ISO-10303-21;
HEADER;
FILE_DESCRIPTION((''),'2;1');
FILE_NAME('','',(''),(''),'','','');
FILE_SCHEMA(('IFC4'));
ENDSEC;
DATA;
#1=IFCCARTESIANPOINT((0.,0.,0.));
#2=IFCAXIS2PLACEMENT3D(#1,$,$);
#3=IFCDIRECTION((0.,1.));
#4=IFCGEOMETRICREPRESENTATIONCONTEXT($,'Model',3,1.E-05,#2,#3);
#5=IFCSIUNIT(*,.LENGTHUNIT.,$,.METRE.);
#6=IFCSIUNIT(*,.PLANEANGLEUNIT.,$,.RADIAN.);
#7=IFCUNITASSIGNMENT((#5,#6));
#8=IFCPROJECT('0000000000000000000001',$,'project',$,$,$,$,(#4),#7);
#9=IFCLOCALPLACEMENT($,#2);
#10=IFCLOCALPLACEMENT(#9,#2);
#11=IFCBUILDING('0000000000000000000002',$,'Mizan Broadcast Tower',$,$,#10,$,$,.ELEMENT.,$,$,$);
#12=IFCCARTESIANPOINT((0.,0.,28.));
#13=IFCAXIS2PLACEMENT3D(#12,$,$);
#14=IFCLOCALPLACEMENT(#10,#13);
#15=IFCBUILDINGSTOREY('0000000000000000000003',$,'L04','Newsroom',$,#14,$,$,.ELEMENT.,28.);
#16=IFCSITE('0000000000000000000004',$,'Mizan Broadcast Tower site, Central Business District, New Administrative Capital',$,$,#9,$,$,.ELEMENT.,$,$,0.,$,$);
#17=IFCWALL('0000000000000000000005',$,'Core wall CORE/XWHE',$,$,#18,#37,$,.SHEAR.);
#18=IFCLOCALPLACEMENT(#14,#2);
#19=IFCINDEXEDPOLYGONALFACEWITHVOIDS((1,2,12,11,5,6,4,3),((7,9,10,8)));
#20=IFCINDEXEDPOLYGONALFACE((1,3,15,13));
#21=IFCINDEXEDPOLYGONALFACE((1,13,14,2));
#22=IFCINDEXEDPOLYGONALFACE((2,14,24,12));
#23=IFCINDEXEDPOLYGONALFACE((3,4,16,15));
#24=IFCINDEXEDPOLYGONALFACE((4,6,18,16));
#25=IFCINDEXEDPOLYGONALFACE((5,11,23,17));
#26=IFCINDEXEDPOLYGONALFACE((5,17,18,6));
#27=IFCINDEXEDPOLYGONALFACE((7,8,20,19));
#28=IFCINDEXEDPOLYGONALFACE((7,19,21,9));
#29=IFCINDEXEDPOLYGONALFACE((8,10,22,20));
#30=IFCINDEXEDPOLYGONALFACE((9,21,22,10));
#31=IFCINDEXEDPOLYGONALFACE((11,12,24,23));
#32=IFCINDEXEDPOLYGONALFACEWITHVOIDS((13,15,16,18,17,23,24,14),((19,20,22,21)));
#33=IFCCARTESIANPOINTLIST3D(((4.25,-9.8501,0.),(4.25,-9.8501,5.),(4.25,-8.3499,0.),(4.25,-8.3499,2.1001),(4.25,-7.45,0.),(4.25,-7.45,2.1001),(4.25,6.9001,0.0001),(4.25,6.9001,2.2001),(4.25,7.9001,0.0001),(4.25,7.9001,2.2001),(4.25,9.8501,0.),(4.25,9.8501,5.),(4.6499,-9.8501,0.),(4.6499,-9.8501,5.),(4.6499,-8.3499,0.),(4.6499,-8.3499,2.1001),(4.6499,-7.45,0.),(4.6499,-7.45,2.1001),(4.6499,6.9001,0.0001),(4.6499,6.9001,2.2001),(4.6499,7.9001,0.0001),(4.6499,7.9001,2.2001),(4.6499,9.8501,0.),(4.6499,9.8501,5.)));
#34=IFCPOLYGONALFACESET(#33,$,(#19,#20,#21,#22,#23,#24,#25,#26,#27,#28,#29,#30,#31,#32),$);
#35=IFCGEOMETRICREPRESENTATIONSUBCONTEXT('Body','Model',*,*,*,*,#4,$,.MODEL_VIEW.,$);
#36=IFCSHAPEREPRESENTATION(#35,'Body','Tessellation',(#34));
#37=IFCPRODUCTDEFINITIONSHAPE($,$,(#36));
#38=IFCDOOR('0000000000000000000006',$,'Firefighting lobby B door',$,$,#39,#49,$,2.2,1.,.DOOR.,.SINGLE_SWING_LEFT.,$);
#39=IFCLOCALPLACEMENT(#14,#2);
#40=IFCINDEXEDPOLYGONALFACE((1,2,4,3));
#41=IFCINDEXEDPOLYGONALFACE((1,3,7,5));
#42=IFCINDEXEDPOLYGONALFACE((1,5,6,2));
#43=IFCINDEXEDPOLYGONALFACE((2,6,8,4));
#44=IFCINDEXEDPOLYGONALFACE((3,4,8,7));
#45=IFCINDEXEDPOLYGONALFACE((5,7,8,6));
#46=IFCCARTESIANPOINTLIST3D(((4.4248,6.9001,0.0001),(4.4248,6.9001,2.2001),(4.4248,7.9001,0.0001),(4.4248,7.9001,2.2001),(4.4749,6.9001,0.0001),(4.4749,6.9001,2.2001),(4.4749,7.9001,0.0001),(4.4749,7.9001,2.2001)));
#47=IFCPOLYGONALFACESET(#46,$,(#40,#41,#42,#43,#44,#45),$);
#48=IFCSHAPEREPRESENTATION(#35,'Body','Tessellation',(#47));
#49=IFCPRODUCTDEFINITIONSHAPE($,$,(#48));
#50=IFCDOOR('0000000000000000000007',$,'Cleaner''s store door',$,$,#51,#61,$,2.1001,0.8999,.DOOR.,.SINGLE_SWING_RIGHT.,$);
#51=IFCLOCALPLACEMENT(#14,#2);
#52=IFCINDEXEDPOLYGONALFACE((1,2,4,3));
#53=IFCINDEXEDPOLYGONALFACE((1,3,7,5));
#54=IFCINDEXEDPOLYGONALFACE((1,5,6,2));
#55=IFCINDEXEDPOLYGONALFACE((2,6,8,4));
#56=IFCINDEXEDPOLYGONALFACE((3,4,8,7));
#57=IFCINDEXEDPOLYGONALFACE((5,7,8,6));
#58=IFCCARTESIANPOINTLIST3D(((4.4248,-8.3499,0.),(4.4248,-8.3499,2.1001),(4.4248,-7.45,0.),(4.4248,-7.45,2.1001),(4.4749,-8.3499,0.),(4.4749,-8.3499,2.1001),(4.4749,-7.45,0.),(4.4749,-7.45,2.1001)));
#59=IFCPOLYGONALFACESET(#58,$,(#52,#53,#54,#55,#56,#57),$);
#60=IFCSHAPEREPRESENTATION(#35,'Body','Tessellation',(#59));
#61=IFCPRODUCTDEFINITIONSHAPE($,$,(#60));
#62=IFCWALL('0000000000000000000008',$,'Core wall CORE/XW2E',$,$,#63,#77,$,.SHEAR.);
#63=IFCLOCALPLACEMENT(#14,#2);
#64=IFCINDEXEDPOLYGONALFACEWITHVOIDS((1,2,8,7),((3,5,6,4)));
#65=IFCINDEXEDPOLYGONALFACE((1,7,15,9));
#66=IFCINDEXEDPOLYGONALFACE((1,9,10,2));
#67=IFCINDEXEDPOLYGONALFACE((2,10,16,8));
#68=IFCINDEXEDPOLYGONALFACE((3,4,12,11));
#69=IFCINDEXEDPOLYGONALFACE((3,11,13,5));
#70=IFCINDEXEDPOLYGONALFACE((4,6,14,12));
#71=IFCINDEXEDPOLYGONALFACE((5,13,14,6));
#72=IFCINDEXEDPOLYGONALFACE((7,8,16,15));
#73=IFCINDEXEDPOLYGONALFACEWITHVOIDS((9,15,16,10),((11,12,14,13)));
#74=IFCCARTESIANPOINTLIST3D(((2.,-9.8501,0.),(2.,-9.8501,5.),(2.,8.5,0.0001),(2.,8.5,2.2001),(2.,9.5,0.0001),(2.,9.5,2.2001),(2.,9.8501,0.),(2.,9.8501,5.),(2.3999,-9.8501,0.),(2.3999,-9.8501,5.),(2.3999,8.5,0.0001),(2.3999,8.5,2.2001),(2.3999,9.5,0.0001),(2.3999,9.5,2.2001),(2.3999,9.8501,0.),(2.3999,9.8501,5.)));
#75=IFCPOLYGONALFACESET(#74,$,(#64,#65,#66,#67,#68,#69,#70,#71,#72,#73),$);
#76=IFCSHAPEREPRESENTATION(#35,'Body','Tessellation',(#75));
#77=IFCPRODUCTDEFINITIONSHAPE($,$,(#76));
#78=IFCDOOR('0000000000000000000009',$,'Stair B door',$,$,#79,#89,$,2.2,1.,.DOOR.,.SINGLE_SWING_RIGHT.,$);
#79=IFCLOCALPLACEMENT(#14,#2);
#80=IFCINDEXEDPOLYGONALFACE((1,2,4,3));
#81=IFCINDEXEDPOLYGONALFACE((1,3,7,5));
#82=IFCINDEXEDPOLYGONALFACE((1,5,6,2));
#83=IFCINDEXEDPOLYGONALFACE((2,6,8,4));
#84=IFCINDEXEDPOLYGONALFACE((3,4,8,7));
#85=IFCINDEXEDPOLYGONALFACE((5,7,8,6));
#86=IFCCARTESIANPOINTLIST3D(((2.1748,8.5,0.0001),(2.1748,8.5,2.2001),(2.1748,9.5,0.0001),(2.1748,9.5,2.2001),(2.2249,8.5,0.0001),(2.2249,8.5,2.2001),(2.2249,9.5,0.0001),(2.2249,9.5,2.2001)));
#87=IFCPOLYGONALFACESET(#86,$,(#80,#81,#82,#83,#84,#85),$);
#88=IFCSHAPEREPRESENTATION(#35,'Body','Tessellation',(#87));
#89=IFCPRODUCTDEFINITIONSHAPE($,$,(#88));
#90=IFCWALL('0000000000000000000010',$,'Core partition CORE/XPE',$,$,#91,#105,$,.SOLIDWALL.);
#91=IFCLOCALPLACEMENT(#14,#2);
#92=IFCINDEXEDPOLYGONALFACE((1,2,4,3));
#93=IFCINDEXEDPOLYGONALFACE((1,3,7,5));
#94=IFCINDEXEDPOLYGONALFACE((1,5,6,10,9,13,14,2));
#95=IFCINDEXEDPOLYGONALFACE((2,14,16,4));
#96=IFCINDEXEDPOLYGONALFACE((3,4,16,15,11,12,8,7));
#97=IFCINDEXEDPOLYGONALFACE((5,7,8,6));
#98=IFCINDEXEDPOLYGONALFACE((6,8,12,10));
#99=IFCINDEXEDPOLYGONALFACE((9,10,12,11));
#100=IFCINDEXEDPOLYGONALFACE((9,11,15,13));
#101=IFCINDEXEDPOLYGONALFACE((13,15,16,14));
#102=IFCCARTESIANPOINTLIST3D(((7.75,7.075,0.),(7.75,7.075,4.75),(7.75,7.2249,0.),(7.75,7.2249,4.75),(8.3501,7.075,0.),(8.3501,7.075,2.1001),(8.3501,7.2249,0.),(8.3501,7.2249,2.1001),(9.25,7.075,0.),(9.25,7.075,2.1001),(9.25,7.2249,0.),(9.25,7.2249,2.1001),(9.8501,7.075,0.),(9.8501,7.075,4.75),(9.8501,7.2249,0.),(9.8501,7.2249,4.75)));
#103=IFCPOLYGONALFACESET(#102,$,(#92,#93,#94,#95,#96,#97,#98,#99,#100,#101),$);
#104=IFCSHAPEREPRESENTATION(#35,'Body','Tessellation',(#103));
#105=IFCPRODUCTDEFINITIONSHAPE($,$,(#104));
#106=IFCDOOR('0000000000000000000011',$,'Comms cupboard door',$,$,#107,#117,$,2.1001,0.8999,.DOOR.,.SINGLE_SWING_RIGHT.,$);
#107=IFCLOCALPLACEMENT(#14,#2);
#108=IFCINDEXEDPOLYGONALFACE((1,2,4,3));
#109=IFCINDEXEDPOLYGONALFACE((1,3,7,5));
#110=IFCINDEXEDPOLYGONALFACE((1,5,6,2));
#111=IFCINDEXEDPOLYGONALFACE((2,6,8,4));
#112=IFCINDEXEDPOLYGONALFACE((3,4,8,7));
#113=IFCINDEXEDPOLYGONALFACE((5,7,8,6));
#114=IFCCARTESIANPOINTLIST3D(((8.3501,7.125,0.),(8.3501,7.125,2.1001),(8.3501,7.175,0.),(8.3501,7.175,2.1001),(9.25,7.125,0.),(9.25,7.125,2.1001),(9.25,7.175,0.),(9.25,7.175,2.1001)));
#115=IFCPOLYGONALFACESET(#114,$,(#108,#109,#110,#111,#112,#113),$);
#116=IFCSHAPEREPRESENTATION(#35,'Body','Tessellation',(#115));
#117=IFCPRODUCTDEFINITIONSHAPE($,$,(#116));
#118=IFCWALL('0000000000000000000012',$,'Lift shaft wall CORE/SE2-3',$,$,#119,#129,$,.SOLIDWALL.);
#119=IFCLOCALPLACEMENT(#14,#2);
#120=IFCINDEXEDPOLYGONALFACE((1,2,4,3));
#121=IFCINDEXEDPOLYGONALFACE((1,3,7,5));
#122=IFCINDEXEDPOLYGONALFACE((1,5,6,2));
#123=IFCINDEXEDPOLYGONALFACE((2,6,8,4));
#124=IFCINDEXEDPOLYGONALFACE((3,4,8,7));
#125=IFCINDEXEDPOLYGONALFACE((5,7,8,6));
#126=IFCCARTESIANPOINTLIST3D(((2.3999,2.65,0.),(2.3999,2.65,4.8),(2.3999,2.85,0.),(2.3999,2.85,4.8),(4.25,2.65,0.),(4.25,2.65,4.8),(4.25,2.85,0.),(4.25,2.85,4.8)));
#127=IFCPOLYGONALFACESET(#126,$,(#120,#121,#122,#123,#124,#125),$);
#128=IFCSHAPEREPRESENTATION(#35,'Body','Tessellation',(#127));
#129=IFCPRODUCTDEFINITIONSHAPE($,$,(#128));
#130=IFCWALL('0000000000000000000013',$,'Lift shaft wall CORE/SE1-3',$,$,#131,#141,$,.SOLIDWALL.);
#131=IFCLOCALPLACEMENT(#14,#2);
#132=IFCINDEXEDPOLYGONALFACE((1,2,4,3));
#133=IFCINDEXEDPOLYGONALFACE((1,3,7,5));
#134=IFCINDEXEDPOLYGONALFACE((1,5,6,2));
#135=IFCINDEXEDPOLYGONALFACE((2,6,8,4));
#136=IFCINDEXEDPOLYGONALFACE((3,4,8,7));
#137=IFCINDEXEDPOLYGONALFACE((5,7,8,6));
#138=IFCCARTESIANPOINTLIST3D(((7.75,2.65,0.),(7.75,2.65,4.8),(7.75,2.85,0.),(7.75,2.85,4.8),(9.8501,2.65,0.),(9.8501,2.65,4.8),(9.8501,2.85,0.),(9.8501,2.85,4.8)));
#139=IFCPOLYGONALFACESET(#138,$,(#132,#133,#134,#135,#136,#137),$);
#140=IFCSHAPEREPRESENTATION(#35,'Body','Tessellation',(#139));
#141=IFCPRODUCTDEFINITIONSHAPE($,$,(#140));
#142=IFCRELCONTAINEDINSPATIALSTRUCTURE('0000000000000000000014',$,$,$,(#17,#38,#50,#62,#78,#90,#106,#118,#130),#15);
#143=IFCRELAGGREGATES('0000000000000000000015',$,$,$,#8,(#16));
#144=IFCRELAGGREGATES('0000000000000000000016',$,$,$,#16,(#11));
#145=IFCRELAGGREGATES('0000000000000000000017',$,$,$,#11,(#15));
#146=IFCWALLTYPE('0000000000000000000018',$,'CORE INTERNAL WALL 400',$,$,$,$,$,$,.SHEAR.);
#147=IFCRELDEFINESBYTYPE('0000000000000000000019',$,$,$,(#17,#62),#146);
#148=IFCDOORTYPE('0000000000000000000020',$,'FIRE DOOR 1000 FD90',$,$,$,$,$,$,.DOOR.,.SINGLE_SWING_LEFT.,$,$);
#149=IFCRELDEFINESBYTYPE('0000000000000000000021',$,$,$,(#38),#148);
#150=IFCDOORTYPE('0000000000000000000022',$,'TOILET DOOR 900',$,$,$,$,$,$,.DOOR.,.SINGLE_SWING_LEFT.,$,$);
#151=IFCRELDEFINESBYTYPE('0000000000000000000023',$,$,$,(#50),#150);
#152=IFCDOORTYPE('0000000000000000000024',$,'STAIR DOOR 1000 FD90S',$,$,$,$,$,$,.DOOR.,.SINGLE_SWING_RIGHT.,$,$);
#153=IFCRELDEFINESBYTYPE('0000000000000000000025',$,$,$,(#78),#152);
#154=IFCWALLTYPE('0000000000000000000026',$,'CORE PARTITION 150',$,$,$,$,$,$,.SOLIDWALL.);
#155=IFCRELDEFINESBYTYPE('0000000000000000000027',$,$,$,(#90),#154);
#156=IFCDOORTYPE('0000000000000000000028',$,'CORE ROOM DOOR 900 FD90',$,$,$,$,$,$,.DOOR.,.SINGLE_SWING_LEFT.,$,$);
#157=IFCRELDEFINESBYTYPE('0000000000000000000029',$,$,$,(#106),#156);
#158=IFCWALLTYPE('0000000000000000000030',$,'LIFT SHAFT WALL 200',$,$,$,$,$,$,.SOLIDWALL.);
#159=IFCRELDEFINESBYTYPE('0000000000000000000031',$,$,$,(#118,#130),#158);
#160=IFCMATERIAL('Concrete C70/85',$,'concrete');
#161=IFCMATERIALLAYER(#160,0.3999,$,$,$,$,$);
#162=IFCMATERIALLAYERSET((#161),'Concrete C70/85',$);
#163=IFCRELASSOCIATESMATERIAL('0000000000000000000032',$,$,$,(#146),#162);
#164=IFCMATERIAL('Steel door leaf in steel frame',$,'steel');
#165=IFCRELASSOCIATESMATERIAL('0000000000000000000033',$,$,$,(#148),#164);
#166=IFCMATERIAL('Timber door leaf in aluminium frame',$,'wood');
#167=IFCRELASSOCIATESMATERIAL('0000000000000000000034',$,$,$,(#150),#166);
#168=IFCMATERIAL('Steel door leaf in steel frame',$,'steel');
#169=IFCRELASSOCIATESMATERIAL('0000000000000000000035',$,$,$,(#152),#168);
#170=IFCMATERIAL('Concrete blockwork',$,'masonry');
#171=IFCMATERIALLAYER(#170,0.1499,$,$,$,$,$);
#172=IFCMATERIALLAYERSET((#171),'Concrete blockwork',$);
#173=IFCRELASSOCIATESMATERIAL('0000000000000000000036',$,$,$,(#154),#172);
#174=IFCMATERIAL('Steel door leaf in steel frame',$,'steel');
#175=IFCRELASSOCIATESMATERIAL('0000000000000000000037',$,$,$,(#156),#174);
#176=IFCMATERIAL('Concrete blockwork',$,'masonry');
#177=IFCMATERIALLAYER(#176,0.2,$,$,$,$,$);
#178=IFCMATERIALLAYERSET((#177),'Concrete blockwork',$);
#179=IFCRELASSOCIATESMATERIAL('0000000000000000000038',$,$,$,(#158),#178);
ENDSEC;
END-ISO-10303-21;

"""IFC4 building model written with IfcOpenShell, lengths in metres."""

from ifc_helpers import new_model, si_unit, direction, frame, frame_2d, origin, place, context, subcontext, project, spatial, rectangle, extrude, material, layer, layer_set, type_object, element, fill, save


model = new_model("IFC4")

# Units and contexts
model_context = context("Model", 3, precision=1e-05, world=origin(), true_north=direction((0.0, 1.0)))
body_context = subcontext(model_context, "Body", "Model", "MODEL_VIEW")
ifc_project = project(units=[si_unit("LENGTHUNIT", "METRE"), si_unit("PLANEANGLEUNIT", "RADIAN")], contexts=[model_context])

# Site, building, storey
site_placement = place(None, origin())
site = spatial("IfcSite", under=ifc_project, at=site_placement, Name="Mizan Broadcast Tower site, Central Business District, New Administrative Capital", CompositionType="ELEMENT", RefElevation=0.0)
building_placement = place(site_placement, origin())
building = spatial("IfcBuilding", under=site, at=building_placement, Name="Mizan Broadcast Tower", CompositionType="ELEMENT")
storey_placement = place(building_placement, frame((0.0, 0.0, 28.0)))
storey = spatial("IfcBuildingStorey", under=building, at=storey_placement, Name="L04", Description="Newsroom", CompositionType="ELEMENT", Elevation=28.0)

# Wall, openings, doors
ifc_material_1 = material(Name="Concrete C70/85", Category="concrete")
ifc_layer_1 = layer(ifc_material_1, 0.3999)
ifc_layer_set_1 = layer_set([ifc_layer_1], Name="Concrete C70/85")
wall_type_1 = type_object("IfcWallType", Name="CORE INTERNAL WALL 400", PredefinedType="SHEAR", material=ifc_layer_set_1)
ifc_material_2 = material(Name="Steel door leaf in steel frame", Category="steel")
door_type_1 = type_object("IfcDoorType", Name="FIRE DOOR 1000 FD90", OperationType="SINGLE_SWING_LEFT", PredefinedType="DOOR", material=ifc_material_2)
ifc_material_3 = material(Name="Timber door leaf in aluminium frame", Category="wood")
door_type_2 = type_object("IfcDoorType", Name="TOILET DOOR 900", OperationType="SINGLE_SWING_LEFT", PredefinedType="DOOR", material=ifc_material_3)
wall_1_placement = place(storey_placement, frame((4.45, 9.8501, 0.0), z_axis=(0.0, 0.0, 1.0), x_axis=(0.0, -1.0, 0.0)))
wall_1 = element("IfcWall", 1, at=wall_1_placement, inside=storey, type_object=wall_type_1, Name="Core wall CORE/XWHE", PredefinedType="SHEAR", context=body_context, shape_type="SweptSolid", body=[
    extrude(rectangle(XDim=19.7002, YDim=0.3999, at=frame_2d((9.8501, 0.0))), origin(), (0.0, 0.0, 1.0), 5.0),
])
opening_1_placement = place(wall_1_placement, frame((1.95, 0.0, 0.0)))
opening_1 = element("IfcOpeningElement", 2, at=opening_1_placement, cuts=wall_1, PredefinedType="OPENING", context=body_context, shape_type="SweptSolid", body=[
    extrude(rectangle(XDim=1.0, YDim=2.2, at=frame_2d((0.5, 1.1001))), frame((0.0, 0.21, 0.0), z_axis=(0.0, -1.0, 0.0), x_axis=(1.0, 0.0, 0.0)), (0.0, 0.0, 1.0), 0.4199),
])
opening_2_placement = place(wall_1_placement, frame((17.3, 0.0, 0.0)))
opening_2 = element("IfcOpeningElement", 3, at=opening_2_placement, cuts=wall_1, PredefinedType="OPENING", context=body_context, shape_type="SweptSolid", body=[
    extrude(rectangle(XDim=0.8999, YDim=2.1001, at=frame_2d((0.45, 1.05))), frame((0.0, 0.21, 0.0), z_axis=(0.0, -1.0, 0.0), x_axis=(1.0, 0.0, 0.0)), (0.0, 0.0, 1.0), 0.4199),
])
door_1_placement = place(opening_1_placement, origin())
door_1 = element("IfcDoor", 4, at=door_1_placement, inside=storey, type_object=door_type_1, Name="Firefighting lobby B door", OperationType="SINGLE_SWING_LEFT", OverallHeight=2.2, OverallWidth=1.0, PredefinedType="DOOR", context=body_context, shape_type="SweptSolid", body=[
    extrude(rectangle(XDim=1.0, YDim=2.2, at=frame_2d((0.5, 1.1001))), frame((0.0, 0.0249, 0.0), z_axis=(0.0, -1.0, 0.0), x_axis=(1.0, 0.0, 0.0)), (0.0, 0.0, 1.0), 0.05),
])
fill(opening_1, door_1)
door_2_placement = place(opening_2_placement, origin())
door_2 = element("IfcDoor", 5, at=door_2_placement, inside=storey, type_object=door_type_2, Name="Cleaner's store door", OperationType="SINGLE_SWING_RIGHT", OverallHeight=2.1001, OverallWidth=0.8999, PredefinedType="DOOR", context=body_context, shape_type="SweptSolid", body=[
    extrude(rectangle(XDim=0.8999, YDim=2.1001, at=frame_2d((0.45, 1.05))), frame((0.0, 0.0249, 0.0), z_axis=(0.0, -1.0, 0.0), x_axis=(1.0, 0.0, 0.0)), (0.0, 0.0, 1.0), 0.05),
])
fill(opening_2, door_2)

# Walls, openings, doors
wall_2_placement = place(storey_placement, frame((2.2, 9.8501, 0.0), z_axis=(0.0, 0.0, 1.0), x_axis=(0.0, -1.0, 0.0)))
wall_2 = element("IfcWall", 6, at=wall_2_placement, inside=storey, type_object=wall_type_1, Name="Core wall CORE/XW2E", PredefinedType="SHEAR", context=body_context, shape_type="SweptSolid", body=[
    extrude(rectangle(XDim=19.7002, YDim=0.3999, at=frame_2d((9.8501, 0.0))), origin(), (0.0, 0.0, 1.0), 5.0),
])
opening_3_placement = place(wall_2_placement, frame((0.3501, 0.0, 0.0)))
opening_3 = element("IfcOpeningElement", 7, at=opening_3_placement, cuts=wall_2, PredefinedType="OPENING", context=body_context, shape_type="SweptSolid", body=[
    extrude(rectangle(XDim=1.0, YDim=2.2, at=frame_2d((0.5, 1.1001))), frame((0.0, 0.21, 0.0), z_axis=(0.0, -1.0, 0.0), x_axis=(1.0, 0.0, 0.0)), (0.0, 0.0, 1.0), 0.4199),
])
ifc_material_4 = material(Name="Steel door leaf in steel frame", Category="steel")
door_type_3 = type_object("IfcDoorType", Name="STAIR DOOR 1000 FD90S", OperationType="SINGLE_SWING_RIGHT", PredefinedType="DOOR", material=ifc_material_4)
door_3_placement = place(opening_3_placement, origin())
door_3 = element("IfcDoor", 8, at=door_3_placement, inside=storey, type_object=door_type_3, Name="Stair B door", OperationType="SINGLE_SWING_RIGHT", OverallHeight=2.2, OverallWidth=1.0, PredefinedType="DOOR", context=body_context, shape_type="SweptSolid", body=[
    extrude(rectangle(XDim=1.0, YDim=2.2, at=frame_2d((0.5, 1.1001))), frame((0.0, 0.0249, 0.0), z_axis=(0.0, -1.0, 0.0), x_axis=(1.0, 0.0, 0.0)), (0.0, 0.0, 1.0), 0.05),
])
fill(opening_3, door_3)
ifc_material_5 = material(Name="Concrete blockwork", Category="masonry")
ifc_layer_2 = layer(ifc_material_5, 0.1499)
ifc_layer_set_2 = layer_set([ifc_layer_2], Name="Concrete blockwork")
wall_type_2 = type_object("IfcWallType", Name="CORE PARTITION 150", PredefinedType="SOLIDWALL", material=ifc_layer_set_2)
wall_3_placement = place(storey_placement, frame((9.8501, 7.1499, 0.0), z_axis=(0.0, 0.0, 1.0), x_axis=(-1.0, 0.0, 0.0)))
wall_3 = element("IfcWall", 9, at=wall_3_placement, inside=storey, type_object=wall_type_2, Name="Core partition CORE/XPE", PredefinedType="SOLIDWALL", context=body_context, shape_type="SweptSolid", body=[
    extrude(rectangle(XDim=2.1001, YDim=0.1499, at=frame_2d((1.05, 0.0))), origin(), (0.0, 0.0, 1.0), 4.75),
])
opening_4_placement = place(wall_3_placement, frame((0.6001, 0.0, 0.0)))
opening_4 = element("IfcOpeningElement", 10, at=opening_4_placement, cuts=wall_3, PredefinedType="OPENING", context=body_context, shape_type="SweptSolid", body=[
    extrude(rectangle(XDim=0.8999, YDim=2.1001, at=frame_2d((0.45, 1.05))), frame((0.0, 0.085, 0.0), z_axis=(0.0, -1.0, 0.0), x_axis=(1.0, 0.0, 0.0)), (0.0, 0.0, 1.0), 0.1699),
])
ifc_material_6 = material(Name="Steel door leaf in steel frame", Category="steel")
door_type_4 = type_object("IfcDoorType", Name="CORE ROOM DOOR 900 FD90", OperationType="SINGLE_SWING_LEFT", PredefinedType="DOOR", material=ifc_material_6)
door_4_placement = place(opening_4_placement, origin())
door_4 = element("IfcDoor", 11, at=door_4_placement, inside=storey, type_object=door_type_4, Name="Comms cupboard door", OperationType="SINGLE_SWING_RIGHT", OverallHeight=2.1001, OverallWidth=0.8999, PredefinedType="DOOR", context=body_context, shape_type="SweptSolid", body=[
    extrude(rectangle(XDim=0.8999, YDim=2.1001, at=frame_2d((0.45, 1.05))), frame((0.0, 0.0249, 0.0), z_axis=(0.0, -1.0, 0.0), x_axis=(1.0, 0.0, 0.0)), (0.0, 0.0, 1.0), 0.05),
])
fill(opening_4, door_4)

# Walls
ifc_material_7 = material(Name="Concrete blockwork", Category="masonry")
ifc_layer_3 = layer(ifc_material_7, 0.2)
ifc_layer_set_3 = layer_set([ifc_layer_3], Name="Concrete blockwork")
wall_type_3 = type_object("IfcWallType", Name="LIFT SHAFT WALL 200", PredefinedType="SOLIDWALL", material=ifc_layer_set_3)
wall_4_placement = place(storey_placement, frame((2.3999, 2.75, 0.0), z_axis=(0.0, 0.0, 1.0), x_axis=(1.0, 0.0, 0.0)))
element("IfcWall", 12, at=wall_4_placement, inside=storey, type_object=wall_type_3, Name="Lift shaft wall CORE/SE2-3", PredefinedType="SOLIDWALL", context=body_context, shape_type="SweptSolid", body=[
    extrude(rectangle(XDim=1.8501, YDim=0.2, at=frame_2d((0.925, 0.0))), origin(), (0.0, 0.0, 1.0), 4.8),
])
wall_5_placement = place(storey_placement, frame((7.75, 2.75, 0.0), z_axis=(0.0, 0.0, 1.0), x_axis=(1.0, 0.0, 0.0)))
element("IfcWall", 13, at=wall_5_placement, inside=storey, type_object=wall_type_3, Name="Lift shaft wall CORE/SE1-3", PredefinedType="SOLIDWALL", context=body_context, shape_type="SweptSolid", body=[
    extrude(rectangle(XDim=2.1001, YDim=0.2, at=frame_2d((1.05, 0.0))), origin(), (0.0, 0.0, 1.0), 4.8),
])

save(model, "model.ifc")
